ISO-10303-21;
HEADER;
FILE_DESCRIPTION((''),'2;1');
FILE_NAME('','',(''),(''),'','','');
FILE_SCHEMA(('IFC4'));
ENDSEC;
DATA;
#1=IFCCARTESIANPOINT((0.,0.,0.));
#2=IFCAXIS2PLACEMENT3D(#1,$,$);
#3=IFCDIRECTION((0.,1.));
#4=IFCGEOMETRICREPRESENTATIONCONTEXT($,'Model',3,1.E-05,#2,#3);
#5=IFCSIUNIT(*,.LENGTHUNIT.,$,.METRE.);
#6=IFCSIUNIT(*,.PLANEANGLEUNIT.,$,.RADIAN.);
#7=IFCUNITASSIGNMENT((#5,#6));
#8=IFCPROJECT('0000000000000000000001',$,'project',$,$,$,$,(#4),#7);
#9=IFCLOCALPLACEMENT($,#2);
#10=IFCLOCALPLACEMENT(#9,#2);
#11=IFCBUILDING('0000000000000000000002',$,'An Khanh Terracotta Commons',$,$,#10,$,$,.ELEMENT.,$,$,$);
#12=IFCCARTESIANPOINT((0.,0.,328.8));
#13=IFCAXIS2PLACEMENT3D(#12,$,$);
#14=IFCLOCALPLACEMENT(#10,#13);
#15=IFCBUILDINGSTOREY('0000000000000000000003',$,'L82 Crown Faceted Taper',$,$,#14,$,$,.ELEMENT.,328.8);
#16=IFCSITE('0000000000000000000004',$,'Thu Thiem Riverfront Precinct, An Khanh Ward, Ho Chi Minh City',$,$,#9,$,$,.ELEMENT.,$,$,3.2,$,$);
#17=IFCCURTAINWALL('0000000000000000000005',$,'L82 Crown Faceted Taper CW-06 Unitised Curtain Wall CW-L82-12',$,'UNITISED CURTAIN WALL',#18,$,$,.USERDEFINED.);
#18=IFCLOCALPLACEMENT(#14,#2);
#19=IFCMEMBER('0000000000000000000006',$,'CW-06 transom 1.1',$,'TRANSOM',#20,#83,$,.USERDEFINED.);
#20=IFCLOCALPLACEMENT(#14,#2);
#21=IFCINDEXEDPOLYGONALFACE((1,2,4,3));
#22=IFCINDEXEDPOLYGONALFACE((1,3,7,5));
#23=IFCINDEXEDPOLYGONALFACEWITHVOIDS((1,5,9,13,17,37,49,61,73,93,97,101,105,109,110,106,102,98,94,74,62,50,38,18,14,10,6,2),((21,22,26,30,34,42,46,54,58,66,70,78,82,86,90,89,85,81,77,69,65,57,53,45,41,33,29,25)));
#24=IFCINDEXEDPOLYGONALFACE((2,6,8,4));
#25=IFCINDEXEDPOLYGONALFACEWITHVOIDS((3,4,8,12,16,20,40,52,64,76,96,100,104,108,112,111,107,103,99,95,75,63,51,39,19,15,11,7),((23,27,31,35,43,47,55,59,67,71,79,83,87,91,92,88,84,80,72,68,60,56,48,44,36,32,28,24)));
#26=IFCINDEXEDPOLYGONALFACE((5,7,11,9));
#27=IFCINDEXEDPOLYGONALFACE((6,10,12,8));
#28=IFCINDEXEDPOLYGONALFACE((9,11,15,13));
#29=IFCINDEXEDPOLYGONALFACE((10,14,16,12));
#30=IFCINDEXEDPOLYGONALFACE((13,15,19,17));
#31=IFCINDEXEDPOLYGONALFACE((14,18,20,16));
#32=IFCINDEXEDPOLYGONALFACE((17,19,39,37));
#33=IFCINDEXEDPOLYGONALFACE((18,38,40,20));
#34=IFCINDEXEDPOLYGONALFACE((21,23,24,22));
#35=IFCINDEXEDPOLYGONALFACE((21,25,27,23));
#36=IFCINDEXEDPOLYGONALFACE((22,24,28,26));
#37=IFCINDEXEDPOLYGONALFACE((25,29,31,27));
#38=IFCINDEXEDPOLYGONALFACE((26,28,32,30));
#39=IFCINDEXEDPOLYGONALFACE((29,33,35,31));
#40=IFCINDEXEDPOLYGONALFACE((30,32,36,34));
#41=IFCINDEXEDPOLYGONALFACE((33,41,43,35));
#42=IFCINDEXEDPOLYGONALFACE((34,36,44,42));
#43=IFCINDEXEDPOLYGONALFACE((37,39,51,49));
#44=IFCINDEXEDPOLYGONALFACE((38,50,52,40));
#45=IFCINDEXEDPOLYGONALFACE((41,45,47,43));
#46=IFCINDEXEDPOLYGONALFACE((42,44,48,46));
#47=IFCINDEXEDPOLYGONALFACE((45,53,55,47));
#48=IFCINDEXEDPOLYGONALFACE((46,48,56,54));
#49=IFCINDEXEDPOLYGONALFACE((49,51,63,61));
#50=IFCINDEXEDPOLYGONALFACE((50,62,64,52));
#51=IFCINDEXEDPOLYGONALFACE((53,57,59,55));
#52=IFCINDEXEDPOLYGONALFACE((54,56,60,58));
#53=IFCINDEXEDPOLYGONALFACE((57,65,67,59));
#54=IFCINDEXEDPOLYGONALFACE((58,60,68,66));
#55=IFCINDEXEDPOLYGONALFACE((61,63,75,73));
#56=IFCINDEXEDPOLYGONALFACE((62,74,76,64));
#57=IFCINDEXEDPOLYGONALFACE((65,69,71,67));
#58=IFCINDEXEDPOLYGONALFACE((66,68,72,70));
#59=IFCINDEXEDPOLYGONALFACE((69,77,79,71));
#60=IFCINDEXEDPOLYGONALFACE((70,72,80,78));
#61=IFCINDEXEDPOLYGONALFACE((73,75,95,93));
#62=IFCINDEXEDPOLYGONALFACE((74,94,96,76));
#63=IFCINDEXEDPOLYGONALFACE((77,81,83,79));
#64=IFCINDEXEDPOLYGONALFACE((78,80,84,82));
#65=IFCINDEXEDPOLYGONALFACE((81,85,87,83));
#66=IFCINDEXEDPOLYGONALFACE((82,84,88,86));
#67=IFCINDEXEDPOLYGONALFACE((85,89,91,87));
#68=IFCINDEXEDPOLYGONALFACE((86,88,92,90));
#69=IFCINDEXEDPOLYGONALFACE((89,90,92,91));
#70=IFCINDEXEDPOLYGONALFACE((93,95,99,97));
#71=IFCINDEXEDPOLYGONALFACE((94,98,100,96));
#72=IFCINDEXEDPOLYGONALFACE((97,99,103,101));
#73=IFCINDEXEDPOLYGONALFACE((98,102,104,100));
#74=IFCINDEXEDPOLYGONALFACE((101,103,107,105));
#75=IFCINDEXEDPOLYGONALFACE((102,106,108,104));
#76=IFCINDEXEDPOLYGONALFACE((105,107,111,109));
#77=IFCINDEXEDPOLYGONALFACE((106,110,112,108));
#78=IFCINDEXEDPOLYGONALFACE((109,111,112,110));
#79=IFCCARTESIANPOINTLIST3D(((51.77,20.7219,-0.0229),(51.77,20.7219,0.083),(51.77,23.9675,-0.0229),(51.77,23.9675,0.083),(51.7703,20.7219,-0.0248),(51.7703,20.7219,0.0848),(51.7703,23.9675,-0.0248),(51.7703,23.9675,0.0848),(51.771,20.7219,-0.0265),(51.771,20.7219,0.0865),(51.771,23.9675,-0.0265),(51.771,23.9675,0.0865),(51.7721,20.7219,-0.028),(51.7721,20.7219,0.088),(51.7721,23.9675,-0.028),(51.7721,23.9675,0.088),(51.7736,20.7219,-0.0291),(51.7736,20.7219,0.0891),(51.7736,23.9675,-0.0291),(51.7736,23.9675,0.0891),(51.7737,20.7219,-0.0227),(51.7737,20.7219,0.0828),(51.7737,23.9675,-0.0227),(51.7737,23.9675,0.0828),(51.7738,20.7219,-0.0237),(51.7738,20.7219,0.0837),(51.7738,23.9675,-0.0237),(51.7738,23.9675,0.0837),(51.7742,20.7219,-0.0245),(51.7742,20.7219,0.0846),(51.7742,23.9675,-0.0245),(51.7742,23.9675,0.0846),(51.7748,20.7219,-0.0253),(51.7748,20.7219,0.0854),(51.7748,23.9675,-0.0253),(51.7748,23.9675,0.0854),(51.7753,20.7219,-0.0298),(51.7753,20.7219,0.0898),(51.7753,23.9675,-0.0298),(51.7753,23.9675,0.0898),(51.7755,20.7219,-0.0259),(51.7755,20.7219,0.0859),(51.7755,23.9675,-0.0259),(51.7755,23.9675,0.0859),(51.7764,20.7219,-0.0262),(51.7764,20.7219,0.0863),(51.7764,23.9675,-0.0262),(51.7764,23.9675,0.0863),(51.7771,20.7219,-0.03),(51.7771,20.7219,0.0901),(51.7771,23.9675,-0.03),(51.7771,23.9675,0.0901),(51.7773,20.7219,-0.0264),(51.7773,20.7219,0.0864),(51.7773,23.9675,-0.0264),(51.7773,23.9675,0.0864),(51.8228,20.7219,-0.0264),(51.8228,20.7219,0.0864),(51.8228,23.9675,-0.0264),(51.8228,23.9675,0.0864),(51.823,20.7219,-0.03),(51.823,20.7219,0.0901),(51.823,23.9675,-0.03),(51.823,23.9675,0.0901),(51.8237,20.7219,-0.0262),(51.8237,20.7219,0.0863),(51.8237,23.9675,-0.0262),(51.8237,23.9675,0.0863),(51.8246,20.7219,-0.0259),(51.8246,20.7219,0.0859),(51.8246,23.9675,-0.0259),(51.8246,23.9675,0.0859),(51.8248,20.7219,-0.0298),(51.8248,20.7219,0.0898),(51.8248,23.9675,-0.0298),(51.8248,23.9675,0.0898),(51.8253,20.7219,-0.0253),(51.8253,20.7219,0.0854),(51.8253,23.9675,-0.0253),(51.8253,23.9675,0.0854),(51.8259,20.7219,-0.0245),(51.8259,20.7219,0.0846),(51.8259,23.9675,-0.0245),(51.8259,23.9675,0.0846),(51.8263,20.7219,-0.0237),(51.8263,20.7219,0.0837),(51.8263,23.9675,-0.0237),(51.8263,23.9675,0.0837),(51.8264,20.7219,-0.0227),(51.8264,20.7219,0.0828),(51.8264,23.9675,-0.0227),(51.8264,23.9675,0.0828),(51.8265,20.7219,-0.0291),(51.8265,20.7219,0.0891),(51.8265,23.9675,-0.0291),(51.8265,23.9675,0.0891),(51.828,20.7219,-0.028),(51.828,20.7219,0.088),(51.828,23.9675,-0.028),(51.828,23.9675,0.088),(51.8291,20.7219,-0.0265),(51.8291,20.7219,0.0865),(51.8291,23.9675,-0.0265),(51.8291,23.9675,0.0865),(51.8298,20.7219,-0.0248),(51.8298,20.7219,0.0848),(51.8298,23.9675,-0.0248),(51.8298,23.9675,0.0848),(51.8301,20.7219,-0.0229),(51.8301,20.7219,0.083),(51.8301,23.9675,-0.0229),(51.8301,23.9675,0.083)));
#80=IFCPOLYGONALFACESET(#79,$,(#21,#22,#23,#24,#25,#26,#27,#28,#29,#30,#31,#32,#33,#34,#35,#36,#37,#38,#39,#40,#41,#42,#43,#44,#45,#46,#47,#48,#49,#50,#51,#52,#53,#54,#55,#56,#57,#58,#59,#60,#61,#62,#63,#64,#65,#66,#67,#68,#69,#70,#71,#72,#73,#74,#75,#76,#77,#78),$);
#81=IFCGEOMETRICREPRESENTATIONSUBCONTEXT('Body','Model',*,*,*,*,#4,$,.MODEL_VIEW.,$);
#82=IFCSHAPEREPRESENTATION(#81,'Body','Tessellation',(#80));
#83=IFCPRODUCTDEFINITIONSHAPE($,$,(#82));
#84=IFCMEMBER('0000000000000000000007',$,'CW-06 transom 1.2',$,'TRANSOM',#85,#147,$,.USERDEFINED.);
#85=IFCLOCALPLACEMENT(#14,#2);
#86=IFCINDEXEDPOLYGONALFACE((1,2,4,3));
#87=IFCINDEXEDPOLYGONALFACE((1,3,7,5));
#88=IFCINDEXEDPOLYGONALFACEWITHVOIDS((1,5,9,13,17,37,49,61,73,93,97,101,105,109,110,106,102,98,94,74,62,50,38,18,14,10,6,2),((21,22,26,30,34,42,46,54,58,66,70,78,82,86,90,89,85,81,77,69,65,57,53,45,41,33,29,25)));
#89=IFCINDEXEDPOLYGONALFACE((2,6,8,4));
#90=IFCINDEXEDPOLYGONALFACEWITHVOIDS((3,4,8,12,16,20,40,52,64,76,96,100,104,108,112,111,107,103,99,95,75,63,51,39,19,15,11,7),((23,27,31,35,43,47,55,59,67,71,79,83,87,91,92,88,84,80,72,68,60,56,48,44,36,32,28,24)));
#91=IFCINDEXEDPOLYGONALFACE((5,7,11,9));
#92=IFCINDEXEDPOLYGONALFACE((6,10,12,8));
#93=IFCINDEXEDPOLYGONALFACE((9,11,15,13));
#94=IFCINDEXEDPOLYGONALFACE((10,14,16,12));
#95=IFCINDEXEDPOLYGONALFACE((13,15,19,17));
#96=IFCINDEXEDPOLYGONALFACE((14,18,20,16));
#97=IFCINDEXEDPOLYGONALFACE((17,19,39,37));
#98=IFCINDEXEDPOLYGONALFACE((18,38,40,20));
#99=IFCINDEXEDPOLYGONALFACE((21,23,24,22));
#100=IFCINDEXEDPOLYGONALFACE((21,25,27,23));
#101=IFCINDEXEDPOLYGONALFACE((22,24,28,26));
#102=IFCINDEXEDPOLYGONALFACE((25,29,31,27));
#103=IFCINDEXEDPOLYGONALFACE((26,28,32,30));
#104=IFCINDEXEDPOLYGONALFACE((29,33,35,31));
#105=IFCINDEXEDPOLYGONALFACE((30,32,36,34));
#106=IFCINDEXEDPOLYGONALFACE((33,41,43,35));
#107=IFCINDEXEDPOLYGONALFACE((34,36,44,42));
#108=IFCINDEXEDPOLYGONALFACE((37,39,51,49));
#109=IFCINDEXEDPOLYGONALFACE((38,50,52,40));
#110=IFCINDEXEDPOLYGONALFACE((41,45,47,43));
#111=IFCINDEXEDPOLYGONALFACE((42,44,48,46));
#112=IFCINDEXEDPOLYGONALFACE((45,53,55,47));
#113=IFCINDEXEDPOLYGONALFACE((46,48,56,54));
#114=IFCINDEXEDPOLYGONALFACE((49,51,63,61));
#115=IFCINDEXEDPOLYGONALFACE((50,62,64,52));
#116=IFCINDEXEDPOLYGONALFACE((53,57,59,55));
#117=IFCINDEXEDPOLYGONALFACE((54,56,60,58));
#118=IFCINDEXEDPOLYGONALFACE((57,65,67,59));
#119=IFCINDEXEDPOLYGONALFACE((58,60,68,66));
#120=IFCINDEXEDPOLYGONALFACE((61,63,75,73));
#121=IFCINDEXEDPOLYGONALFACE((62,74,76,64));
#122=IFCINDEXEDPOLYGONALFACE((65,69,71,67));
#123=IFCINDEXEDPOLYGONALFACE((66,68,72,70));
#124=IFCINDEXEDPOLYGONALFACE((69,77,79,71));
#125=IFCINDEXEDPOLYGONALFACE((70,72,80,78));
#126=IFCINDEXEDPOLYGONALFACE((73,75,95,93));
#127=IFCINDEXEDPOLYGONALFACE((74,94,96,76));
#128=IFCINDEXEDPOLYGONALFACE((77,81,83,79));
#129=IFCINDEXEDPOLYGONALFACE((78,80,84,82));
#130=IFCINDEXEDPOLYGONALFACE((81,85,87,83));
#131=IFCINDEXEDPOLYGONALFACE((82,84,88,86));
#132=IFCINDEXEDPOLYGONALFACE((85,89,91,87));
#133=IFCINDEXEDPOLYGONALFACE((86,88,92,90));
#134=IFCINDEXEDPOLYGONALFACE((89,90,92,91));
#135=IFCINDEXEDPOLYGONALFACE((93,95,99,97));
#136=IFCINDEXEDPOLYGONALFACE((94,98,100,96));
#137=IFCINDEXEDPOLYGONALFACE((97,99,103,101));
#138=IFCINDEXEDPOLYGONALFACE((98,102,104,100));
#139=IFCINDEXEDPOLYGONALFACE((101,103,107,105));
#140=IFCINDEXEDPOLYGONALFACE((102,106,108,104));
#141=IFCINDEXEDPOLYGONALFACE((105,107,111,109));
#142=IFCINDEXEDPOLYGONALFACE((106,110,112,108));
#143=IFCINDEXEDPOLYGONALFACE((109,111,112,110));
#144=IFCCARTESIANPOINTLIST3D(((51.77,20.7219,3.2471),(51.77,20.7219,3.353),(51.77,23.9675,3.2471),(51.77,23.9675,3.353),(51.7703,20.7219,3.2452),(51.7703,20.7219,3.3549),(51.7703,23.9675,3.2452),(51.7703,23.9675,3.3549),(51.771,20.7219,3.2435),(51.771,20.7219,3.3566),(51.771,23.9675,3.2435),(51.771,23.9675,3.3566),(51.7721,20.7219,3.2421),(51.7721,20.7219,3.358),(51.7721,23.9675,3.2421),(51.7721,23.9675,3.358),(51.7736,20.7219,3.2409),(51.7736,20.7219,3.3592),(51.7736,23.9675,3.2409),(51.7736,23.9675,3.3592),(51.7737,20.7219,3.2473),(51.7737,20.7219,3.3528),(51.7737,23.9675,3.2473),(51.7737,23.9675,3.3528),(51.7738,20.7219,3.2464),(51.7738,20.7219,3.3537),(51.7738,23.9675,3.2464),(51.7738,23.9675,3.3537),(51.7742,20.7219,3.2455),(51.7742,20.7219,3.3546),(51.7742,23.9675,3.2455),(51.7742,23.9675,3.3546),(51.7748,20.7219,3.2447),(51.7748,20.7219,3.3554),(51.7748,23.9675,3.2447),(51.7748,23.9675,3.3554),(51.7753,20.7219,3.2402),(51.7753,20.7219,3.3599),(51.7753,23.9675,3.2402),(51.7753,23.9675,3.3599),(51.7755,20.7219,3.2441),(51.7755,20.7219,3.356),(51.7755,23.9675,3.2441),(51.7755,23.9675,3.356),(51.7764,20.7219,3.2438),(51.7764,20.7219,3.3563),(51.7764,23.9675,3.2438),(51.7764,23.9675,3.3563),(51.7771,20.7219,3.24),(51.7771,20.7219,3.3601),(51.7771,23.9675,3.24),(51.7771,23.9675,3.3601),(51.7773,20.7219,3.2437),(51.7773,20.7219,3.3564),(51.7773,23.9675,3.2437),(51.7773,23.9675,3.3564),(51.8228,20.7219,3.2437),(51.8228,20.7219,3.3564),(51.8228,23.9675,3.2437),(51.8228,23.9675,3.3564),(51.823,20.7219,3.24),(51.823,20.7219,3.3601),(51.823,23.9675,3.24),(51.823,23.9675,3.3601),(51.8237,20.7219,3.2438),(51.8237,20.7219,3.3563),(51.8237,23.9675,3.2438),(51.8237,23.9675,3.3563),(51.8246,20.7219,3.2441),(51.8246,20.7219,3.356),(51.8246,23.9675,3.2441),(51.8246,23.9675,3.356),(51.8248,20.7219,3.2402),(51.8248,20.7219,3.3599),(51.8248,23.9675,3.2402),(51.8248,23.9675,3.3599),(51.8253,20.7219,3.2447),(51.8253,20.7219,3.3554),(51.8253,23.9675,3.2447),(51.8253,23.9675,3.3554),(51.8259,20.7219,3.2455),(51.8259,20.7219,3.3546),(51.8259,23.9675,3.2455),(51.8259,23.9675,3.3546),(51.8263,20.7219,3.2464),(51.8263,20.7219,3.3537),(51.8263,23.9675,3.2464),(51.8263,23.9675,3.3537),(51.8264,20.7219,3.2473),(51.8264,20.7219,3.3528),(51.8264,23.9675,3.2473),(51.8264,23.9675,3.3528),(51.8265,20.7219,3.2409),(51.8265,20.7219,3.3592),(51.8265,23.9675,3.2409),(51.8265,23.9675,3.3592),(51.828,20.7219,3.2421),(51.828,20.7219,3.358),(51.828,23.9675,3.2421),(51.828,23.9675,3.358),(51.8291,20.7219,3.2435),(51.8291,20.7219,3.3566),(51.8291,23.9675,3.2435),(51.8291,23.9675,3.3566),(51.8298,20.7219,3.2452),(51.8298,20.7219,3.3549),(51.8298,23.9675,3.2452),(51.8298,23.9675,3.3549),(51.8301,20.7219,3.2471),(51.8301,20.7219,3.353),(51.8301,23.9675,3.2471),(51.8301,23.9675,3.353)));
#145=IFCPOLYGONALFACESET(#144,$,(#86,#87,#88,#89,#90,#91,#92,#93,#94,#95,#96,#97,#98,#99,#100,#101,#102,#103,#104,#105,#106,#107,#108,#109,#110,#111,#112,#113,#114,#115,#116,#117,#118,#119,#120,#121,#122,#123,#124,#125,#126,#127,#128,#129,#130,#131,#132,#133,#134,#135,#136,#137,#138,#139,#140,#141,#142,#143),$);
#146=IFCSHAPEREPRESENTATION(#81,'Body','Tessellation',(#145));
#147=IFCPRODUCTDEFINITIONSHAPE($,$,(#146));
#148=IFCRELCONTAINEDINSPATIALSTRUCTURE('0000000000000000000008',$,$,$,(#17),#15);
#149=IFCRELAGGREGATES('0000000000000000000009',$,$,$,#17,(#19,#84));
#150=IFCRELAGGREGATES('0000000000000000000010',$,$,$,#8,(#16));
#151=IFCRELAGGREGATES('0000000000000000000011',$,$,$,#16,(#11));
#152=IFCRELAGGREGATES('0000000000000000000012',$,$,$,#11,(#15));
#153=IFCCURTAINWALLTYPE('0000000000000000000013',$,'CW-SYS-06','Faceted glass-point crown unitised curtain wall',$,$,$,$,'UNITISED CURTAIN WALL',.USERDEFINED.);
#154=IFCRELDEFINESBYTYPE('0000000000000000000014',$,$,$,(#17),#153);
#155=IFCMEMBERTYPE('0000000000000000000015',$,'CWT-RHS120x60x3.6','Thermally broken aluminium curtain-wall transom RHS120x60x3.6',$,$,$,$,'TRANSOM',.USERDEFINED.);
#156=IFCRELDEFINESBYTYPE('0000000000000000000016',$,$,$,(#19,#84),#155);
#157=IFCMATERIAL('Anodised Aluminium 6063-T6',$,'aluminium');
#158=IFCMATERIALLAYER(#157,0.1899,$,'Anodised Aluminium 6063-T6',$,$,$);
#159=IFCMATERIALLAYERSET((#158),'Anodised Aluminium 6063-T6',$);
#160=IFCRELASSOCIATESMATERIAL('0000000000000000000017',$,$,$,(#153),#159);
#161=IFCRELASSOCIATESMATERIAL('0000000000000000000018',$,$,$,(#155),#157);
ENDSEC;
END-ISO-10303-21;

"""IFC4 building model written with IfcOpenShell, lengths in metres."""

from ifc_helpers import new_model, si_unit, direction, frame, origin, origin_2d, place, context, subcontext, project, spatial, hollow_rectangle, extrude, material, layer, layer_set, material_profile, profile_set, type_object, element, aggregate, save


model = new_model("IFC4")

# Units and contexts
model_context = context("Model", 3, precision=1e-05, world=origin(), true_north=direction((0.0, 1.0)))
body_context = subcontext(model_context, "Body", "Model", "MODEL_VIEW")
ifc_project = project(units=[si_unit("LENGTHUNIT", "METRE"), si_unit("PLANEANGLEUNIT", "RADIAN")], contexts=[model_context])

# Site, building, storey
site_placement = place(None, origin())
site = spatial("IfcSite", under=ifc_project, at=site_placement, Name="Thu Thiem Riverfront Precinct, An Khanh Ward, Ho Chi Minh City", CompositionType="ELEMENT", RefElevation=3.2)
building_placement = place(site_placement, origin())
building = spatial("IfcBuilding", under=site, at=building_placement, Name="An Khanh Terracotta Commons", CompositionType="ELEMENT")
storey_placement = place(building_placement, frame((0.0, 0.0, 328.8)))
storey = spatial("IfcBuildingStorey", under=building, at=storey_placement, Name="L82 Crown Faceted Taper", CompositionType="ELEMENT", Elevation=328.8)

# Shared definitions
ifc_material_1 = material(Name="Anodised Aluminium 6063-T6", Category="aluminium")
ifc_layer_1 = layer(ifc_material_1, 0.1899, Name="Anodised Aluminium 6063-T6")
ifc_layer_set_1 = layer_set([ifc_layer_1], Name="Anodised Aluminium 6063-T6")
curtain_wall_type = type_object("IfcCurtainWallType", Name="CW-SYS-06", Description="Faceted glass-point crown unitised curtain wall", ElementType="UNITISED CURTAIN WALL", PredefinedType="USERDEFINED", material=ifc_layer_set_1)

# Curtain wall
curtain_wall_1_placement = place(storey_placement, origin())
curtain_wall_1 = element("IfcCurtainWall", 1, at=curtain_wall_1_placement, inside=storey, type_object=curtain_wall_type, Name="L82 Crown Faceted Taper CW-06 Unitised Curtain Wall CW-L82-12", ObjectType="UNITISED CURTAIN WALL", PredefinedType="USERDEFINED")

# Members
ifc_material_profile_1 = material_profile(ifc_material_1, hollow_rectangle(XDim=0.0601, YDim=0.1201, WallThickness=0.0037, InnerFilletRadius=0.0037, OuterFilletRadius=0.0071, at=origin_2d()), Name="RHS120x60x3.6")
ifc_profile_set_1 = profile_set([ifc_material_profile_1], Name="Anodised Aluminium 6063-T6")
member_type_1 = type_object("IfcMemberType", Name="CWT-RHS120x60x3.6", Description="Thermally broken aluminium curtain-wall transom RHS120x60x3.6", ElementType="TRANSOM", PredefinedType="USERDEFINED", material=ifc_profile_set_1)
member_1_placement = place(storey_placement, frame((51.8, 20.7219, 0.03), z_axis=(0.0, 1.0, 0.0), x_axis=(-1.0, 0.0, 0.0)))
member_1 = element("IfcMember", 2, at=member_1_placement, type_object=member_type_1, Name="CW-06 transom 1.1", ObjectType="TRANSOM", PredefinedType="USERDEFINED", context=body_context, shape_type="SweptSolid", body=[
    extrude(hollow_rectangle(XDim=0.0601, YDim=0.1201, WallThickness=0.0037, InnerFilletRadius=0.0037, OuterFilletRadius=0.0071, at=origin_2d()), origin(), (0.0, 0.0, 1.0), 3.2456),
])
member_2_placement = place(storey_placement, frame((51.8, 20.7219, 3.3), z_axis=(0.0, 1.0, 0.0), x_axis=(-1.0, 0.0, 0.0)))
member_2 = element("IfcMember", 3, at=member_2_placement, type_object=member_type_1, Name="CW-06 transom 1.2", ObjectType="TRANSOM", PredefinedType="USERDEFINED", context=body_context, shape_type="SweptSolid", body=[
    extrude(hollow_rectangle(XDim=0.0601, YDim=0.1201, WallThickness=0.0037, InnerFilletRadius=0.0037, OuterFilletRadius=0.0071, at=origin_2d()), origin(), (0.0, 0.0, 1.0), 3.2456),
])

aggregate(curtain_wall_1, [member_1, member_2])

save(model, "model.ifc")
